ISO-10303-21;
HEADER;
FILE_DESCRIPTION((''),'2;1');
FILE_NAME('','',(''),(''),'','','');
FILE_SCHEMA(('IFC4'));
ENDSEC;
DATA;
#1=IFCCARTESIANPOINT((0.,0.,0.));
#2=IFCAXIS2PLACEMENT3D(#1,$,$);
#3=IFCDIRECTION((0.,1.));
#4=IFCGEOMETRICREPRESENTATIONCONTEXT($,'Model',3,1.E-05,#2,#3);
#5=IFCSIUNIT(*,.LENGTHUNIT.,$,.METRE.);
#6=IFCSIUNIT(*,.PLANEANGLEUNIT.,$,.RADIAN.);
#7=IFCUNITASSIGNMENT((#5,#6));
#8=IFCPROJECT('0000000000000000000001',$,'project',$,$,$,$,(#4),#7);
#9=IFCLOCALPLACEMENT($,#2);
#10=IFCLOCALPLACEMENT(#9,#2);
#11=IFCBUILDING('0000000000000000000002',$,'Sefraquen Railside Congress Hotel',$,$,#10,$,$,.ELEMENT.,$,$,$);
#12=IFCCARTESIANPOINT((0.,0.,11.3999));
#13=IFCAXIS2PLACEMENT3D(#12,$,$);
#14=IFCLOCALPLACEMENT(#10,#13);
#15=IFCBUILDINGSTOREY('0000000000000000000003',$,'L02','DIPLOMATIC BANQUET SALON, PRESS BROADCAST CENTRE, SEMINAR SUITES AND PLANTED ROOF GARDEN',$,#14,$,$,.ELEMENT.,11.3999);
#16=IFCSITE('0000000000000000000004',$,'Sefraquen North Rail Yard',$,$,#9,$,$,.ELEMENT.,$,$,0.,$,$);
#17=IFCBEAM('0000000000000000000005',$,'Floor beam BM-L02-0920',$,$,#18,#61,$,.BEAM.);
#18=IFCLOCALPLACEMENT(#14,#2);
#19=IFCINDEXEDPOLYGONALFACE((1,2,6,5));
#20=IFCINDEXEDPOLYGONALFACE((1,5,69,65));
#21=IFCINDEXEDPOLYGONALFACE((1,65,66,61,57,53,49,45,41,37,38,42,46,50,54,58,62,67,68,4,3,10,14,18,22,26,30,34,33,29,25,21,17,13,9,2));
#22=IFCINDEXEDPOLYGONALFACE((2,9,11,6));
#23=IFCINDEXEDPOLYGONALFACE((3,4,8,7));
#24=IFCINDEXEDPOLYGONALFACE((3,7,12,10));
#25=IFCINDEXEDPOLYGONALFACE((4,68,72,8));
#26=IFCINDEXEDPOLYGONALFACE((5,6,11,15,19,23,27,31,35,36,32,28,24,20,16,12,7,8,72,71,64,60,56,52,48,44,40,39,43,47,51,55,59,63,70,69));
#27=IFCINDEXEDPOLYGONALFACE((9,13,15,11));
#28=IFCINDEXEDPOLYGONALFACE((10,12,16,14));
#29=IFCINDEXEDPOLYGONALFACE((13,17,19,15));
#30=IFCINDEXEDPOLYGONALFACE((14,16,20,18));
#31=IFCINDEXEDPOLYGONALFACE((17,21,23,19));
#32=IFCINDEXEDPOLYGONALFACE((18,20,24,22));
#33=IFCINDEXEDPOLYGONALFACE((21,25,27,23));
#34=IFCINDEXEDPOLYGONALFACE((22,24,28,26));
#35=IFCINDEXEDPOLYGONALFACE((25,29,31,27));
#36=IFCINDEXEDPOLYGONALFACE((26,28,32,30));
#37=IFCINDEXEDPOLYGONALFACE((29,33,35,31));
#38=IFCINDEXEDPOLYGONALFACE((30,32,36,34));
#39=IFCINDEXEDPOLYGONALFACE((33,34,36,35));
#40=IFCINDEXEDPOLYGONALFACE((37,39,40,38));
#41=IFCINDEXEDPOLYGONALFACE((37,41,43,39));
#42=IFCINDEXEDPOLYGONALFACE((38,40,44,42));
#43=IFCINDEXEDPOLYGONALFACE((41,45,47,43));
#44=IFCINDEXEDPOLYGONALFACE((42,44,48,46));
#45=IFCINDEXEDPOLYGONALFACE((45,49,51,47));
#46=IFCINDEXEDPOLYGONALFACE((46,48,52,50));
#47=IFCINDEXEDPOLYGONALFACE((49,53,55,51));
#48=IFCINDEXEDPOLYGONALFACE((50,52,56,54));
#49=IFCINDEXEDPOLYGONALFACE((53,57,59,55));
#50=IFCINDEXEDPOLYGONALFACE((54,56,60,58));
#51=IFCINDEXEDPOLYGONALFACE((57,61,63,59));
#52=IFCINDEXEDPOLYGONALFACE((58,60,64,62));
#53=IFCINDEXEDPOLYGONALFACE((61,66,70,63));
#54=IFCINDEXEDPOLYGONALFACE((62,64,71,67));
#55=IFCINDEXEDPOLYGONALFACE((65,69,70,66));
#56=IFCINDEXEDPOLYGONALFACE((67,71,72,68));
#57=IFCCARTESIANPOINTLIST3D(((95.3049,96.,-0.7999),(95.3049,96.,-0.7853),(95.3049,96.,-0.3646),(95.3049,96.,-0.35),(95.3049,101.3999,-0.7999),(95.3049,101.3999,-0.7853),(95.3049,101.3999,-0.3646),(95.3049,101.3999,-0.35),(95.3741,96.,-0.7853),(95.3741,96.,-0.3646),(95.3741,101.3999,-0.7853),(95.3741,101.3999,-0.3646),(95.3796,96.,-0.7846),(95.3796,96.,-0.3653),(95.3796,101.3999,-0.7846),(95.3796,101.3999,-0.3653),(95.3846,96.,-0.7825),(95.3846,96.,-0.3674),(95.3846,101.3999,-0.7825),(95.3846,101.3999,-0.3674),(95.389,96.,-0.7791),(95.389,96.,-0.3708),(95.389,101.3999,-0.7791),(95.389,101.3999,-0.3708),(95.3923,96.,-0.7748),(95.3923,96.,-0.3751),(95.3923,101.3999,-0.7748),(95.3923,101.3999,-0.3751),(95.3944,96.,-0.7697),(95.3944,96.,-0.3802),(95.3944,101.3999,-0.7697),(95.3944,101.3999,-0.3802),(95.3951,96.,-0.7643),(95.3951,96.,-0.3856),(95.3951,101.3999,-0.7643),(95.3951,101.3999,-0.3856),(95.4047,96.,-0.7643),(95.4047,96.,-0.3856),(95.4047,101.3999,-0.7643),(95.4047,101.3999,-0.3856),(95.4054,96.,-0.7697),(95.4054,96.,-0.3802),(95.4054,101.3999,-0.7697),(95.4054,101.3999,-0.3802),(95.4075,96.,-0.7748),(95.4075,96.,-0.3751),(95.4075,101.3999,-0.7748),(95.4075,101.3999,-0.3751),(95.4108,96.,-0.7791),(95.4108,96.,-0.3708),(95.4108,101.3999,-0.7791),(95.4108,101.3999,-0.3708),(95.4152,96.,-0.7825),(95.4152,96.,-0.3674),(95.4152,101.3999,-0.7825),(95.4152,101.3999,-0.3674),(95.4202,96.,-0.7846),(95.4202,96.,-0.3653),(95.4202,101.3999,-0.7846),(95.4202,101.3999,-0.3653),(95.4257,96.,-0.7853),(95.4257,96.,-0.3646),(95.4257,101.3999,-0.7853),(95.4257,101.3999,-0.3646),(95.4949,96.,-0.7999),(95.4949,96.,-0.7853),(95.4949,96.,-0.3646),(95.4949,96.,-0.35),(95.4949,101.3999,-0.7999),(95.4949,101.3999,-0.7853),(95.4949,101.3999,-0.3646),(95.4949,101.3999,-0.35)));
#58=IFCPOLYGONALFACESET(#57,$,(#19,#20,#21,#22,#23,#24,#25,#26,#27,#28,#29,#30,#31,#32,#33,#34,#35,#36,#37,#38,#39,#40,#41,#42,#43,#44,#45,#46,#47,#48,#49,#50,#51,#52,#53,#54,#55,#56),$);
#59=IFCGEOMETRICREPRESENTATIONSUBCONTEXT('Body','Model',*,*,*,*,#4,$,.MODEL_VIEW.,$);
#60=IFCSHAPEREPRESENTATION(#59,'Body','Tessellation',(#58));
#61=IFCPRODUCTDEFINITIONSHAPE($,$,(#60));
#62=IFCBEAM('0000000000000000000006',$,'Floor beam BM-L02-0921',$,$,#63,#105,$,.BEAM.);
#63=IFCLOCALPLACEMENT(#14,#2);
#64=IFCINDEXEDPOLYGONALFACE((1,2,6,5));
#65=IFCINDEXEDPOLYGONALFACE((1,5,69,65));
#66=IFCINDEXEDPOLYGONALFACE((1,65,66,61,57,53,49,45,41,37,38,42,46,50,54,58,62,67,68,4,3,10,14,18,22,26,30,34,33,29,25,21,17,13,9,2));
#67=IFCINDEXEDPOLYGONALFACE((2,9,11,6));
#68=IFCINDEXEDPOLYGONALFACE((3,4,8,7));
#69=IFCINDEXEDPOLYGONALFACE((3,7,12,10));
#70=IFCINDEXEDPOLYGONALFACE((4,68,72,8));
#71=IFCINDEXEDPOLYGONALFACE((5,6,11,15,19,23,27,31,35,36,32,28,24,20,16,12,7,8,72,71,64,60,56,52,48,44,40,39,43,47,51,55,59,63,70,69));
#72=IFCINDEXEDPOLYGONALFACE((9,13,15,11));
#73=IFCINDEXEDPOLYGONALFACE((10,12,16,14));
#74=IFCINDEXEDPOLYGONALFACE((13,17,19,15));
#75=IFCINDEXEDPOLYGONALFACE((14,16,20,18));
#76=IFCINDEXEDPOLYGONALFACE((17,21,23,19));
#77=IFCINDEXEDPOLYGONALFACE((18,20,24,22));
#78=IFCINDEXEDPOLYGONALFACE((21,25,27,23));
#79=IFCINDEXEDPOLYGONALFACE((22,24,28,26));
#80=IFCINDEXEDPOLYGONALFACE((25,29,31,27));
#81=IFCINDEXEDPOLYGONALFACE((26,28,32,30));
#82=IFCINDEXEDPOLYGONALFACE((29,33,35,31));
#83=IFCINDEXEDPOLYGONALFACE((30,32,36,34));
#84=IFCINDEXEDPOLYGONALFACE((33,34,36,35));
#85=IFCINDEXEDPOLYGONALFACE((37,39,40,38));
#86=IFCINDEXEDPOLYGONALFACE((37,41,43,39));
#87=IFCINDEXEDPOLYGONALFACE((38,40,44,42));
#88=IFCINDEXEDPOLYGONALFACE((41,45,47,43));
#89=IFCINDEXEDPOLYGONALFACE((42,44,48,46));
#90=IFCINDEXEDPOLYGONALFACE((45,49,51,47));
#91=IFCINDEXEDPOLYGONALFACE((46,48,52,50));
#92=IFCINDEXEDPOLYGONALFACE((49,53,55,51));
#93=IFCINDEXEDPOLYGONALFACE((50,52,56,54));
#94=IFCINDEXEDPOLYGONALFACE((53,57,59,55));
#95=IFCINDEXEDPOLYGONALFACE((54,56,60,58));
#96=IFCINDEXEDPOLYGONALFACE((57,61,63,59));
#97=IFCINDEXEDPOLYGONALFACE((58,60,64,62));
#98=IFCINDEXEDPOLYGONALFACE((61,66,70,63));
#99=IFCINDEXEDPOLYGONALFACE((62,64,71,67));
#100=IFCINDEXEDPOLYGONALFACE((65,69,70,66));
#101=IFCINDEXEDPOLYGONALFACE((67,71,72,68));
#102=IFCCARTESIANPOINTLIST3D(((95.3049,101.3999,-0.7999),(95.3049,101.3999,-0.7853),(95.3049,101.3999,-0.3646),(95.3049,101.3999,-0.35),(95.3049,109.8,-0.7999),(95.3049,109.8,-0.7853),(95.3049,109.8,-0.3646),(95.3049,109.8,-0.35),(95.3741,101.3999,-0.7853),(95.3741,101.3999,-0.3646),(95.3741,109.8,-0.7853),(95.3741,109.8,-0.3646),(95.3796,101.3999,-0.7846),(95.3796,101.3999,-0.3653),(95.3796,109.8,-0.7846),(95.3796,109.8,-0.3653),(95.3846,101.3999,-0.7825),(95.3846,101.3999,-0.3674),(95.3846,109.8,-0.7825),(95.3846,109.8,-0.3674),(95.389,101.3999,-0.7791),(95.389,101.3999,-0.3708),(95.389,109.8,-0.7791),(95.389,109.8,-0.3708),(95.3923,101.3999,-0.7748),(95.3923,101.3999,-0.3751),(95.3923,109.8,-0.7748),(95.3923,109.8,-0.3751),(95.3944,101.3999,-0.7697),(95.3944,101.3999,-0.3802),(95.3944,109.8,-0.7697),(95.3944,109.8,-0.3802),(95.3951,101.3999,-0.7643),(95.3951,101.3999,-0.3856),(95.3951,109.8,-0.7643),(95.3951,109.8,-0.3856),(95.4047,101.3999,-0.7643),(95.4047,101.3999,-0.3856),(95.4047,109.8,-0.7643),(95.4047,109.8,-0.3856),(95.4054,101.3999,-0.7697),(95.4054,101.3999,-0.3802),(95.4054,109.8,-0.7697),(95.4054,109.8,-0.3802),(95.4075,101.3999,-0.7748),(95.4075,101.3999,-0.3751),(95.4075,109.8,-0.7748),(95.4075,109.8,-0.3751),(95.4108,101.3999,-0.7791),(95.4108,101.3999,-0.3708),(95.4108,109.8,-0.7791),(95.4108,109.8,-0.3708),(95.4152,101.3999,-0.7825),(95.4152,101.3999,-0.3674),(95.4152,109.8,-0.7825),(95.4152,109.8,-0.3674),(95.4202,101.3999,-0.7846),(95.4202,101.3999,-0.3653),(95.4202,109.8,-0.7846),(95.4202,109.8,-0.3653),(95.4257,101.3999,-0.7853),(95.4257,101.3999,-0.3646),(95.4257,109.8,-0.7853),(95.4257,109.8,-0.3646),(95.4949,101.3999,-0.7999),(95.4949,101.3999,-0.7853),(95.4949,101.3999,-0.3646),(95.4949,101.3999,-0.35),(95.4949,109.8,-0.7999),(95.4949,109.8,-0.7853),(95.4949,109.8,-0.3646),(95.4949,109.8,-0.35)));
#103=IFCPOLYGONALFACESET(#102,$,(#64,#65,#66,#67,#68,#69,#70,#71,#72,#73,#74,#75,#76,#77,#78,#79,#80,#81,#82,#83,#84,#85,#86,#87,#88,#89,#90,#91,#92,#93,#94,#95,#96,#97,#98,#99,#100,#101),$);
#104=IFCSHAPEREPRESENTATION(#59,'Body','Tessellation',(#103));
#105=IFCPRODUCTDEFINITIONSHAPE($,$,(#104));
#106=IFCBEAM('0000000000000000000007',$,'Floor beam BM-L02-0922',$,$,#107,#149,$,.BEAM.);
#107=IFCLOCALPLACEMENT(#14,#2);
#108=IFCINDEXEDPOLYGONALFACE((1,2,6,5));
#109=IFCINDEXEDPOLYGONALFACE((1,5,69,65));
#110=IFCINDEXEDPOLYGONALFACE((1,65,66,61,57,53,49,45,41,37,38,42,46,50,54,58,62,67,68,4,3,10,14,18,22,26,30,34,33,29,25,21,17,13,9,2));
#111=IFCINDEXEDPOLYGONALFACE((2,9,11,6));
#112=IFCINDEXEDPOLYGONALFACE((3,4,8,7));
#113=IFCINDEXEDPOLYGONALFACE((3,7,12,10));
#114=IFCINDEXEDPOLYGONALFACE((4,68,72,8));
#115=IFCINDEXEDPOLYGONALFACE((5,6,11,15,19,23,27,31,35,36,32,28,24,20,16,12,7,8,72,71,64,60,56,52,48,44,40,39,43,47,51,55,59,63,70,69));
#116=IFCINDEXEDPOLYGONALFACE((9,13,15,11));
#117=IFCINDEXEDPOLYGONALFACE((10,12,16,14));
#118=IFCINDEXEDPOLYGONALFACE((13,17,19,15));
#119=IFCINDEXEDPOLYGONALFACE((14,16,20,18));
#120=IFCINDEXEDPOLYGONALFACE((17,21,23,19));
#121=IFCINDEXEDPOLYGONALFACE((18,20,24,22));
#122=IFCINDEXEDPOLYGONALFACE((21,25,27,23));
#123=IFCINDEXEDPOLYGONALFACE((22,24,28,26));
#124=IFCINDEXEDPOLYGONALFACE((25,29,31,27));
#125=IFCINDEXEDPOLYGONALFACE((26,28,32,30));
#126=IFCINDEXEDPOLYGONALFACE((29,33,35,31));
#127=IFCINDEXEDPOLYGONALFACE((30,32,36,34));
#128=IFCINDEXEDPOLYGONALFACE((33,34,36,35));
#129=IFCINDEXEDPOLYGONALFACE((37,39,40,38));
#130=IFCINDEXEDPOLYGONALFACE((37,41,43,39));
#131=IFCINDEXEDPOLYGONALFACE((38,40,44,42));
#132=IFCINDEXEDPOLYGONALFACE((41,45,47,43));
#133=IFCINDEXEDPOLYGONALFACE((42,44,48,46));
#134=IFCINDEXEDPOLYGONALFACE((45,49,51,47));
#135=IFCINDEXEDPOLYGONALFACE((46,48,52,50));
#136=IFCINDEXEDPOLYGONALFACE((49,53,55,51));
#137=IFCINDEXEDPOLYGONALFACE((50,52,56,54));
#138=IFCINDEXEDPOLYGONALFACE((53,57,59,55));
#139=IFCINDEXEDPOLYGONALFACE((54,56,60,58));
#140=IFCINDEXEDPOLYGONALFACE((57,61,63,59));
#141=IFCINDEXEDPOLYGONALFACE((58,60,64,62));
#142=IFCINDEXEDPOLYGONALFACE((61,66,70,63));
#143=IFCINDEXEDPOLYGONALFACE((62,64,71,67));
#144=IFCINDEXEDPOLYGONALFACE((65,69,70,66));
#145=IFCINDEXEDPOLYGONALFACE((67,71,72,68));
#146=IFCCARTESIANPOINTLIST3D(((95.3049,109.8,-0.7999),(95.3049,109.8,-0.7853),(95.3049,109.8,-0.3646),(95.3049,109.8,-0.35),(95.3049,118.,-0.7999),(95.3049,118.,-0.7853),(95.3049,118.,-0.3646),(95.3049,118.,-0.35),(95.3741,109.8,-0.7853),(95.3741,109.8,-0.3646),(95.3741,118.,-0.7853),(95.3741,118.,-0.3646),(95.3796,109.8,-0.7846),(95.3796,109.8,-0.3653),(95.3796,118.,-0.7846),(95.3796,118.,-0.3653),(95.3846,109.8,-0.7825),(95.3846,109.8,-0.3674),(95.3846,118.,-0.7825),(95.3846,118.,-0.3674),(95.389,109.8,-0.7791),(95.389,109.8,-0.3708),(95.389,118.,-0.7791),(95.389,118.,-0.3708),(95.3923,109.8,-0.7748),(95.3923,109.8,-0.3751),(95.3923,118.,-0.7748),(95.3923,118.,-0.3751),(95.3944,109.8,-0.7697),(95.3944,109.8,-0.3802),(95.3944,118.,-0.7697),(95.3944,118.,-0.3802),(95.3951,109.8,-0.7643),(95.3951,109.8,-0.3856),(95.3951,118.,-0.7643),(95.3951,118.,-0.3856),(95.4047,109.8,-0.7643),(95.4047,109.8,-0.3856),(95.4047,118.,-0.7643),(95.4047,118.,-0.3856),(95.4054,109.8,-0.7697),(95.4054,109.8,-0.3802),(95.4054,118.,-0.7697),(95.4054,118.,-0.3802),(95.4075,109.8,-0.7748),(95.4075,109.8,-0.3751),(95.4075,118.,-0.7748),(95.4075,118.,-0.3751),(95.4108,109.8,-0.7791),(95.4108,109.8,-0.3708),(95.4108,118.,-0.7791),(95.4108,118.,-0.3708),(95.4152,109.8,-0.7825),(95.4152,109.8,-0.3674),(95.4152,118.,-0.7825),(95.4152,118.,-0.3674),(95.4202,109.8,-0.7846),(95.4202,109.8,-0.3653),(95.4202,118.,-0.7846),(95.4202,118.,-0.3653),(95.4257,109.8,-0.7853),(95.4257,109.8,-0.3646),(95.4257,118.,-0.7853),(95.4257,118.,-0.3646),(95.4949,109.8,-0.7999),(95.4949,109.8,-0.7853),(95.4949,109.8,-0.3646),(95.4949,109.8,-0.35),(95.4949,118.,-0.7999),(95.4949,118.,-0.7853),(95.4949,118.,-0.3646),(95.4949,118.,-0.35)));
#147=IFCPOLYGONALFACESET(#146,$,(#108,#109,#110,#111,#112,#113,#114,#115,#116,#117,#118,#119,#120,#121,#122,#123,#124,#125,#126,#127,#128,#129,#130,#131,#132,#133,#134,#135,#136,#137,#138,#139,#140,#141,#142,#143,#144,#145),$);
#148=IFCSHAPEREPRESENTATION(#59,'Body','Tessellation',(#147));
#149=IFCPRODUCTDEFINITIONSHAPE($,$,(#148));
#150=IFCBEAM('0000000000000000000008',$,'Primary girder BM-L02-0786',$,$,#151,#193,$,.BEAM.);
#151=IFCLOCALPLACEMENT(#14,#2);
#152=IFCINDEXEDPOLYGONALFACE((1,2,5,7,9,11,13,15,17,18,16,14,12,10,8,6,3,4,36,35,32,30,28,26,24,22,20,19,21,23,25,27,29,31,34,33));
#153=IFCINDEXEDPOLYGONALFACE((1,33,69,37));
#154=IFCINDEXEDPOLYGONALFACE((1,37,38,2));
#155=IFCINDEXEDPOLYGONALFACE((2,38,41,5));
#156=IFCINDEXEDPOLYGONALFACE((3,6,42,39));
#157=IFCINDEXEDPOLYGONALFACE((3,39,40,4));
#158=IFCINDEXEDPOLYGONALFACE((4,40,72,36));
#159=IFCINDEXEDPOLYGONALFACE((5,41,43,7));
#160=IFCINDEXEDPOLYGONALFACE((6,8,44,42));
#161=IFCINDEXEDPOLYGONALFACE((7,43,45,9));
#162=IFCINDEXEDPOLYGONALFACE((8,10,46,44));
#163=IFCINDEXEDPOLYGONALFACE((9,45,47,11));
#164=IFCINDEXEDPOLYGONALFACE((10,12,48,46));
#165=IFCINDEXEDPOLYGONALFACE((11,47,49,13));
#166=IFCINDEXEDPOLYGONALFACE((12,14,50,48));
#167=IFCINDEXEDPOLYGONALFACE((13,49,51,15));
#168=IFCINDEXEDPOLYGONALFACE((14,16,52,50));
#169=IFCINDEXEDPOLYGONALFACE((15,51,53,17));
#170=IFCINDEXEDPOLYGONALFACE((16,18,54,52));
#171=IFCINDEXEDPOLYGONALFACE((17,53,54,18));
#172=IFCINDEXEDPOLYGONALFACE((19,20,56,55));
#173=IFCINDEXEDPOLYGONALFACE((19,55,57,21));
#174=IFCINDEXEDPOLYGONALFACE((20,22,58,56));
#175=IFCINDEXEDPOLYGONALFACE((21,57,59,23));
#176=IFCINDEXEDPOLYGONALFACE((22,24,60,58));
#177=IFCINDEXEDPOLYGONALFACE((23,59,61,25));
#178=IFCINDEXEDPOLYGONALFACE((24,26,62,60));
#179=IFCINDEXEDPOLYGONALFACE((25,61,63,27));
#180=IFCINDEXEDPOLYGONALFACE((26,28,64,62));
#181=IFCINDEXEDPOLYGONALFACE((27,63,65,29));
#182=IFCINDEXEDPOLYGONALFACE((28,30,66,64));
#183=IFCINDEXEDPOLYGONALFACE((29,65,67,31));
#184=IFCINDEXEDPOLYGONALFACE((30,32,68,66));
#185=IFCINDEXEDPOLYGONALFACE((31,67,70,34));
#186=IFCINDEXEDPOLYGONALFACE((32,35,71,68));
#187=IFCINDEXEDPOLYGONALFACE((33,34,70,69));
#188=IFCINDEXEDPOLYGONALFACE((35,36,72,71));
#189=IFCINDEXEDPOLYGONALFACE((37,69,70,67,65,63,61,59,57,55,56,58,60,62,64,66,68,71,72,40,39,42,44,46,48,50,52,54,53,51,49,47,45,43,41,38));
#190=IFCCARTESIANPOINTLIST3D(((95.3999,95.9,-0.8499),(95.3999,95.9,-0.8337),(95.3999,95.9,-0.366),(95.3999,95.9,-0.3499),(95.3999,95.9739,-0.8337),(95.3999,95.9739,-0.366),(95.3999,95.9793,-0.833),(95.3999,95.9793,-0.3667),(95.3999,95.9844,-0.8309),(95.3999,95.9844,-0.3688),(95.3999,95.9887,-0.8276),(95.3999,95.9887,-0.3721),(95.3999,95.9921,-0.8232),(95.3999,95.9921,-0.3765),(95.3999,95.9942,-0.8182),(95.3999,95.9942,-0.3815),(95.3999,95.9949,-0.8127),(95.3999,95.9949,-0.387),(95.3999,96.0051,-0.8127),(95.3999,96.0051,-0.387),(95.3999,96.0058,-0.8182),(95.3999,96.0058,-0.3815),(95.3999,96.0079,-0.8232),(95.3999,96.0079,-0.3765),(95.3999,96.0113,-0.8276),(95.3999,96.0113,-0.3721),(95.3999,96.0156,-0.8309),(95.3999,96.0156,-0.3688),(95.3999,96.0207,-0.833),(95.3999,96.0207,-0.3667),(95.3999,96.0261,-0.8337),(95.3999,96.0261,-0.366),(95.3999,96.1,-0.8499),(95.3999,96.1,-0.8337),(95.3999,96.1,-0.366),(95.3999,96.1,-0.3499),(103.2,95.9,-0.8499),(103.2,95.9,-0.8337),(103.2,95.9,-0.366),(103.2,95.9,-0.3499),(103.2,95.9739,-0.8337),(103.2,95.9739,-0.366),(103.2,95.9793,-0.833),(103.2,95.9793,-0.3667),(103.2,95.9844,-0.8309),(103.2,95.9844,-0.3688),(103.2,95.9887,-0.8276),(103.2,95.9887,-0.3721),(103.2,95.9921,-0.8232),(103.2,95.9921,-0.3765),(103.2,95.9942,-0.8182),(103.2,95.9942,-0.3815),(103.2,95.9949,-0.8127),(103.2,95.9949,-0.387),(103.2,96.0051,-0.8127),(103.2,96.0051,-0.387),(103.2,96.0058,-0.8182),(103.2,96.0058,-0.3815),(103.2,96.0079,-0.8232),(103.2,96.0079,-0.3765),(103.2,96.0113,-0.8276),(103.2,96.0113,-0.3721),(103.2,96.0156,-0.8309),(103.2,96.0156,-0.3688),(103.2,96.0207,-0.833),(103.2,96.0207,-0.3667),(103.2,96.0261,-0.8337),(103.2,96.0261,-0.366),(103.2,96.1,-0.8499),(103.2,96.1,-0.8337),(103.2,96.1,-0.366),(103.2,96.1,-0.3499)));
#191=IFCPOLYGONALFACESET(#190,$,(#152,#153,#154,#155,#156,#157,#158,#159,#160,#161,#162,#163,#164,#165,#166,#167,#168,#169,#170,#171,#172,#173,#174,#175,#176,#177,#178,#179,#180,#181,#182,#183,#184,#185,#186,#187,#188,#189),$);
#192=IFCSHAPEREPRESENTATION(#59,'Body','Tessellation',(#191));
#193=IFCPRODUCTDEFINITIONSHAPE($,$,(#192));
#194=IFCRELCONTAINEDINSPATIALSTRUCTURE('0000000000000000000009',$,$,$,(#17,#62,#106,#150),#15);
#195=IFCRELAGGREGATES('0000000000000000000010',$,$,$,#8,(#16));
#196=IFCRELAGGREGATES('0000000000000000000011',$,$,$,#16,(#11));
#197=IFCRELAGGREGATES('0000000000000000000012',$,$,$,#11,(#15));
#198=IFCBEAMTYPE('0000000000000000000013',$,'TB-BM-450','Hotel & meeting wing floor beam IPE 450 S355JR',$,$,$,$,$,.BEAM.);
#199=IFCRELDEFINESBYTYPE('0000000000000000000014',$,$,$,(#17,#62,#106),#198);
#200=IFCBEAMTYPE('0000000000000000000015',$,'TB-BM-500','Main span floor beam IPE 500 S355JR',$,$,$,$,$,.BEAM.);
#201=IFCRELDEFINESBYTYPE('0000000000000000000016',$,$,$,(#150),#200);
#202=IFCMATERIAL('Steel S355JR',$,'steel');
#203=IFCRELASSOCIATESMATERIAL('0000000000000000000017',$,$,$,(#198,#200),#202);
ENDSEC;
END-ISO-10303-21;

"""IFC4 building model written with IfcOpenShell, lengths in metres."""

from ifc_helpers import new_model, si_unit, direction, frame, origin, origin_2d, place, context, subcontext, project, spatial, i_section, extrude, material, material_profile, profile_set, type_object, element, save


model = new_model("IFC4")

# Units and contexts
model_context = context("Model", 3, precision=1e-05, world=origin(), true_north=direction((0.0, 1.0)))
body_context = subcontext(model_context, "Body", "Model", "MODEL_VIEW")
ifc_project = project(units=[si_unit("LENGTHUNIT", "METRE"), si_unit("PLANEANGLEUNIT", "RADIAN")], contexts=[model_context])

# Site, building, storey
site_placement = place(None, origin())
site = spatial("IfcSite", under=ifc_project, at=site_placement, Name="Sefraquen North Rail Yard", CompositionType="ELEMENT", RefElevation=0.0)
building_placement = place(site_placement, origin())
building = spatial("IfcBuilding", under=site, at=building_placement, Name="Sefraquen Railside Congress Hotel", CompositionType="ELEMENT")
storey_placement = place(building_placement, frame((0.0, 0.0, 11.3999)))
storey = spatial("IfcBuildingStorey", under=building, at=storey_placement, Name="L02", Description="DIPLOMATIC BANQUET SALON, PRESS BROADCAST CENTRE, SEMINAR SUITES AND PLANTED ROOF GARDEN", CompositionType="ELEMENT", Elevation=11.3999)

# Shared definitions
ifc_material_1 = material(Name="Steel S355JR", Category="steel")

# Beams
ifc_material_profile_1 = material_profile(ifc_material_1, i_section(OverallWidth=0.1899, OverallDepth=0.45, WebThickness=0.0095, FlangeThickness=0.0146, FilletRadius=0.021, at=origin_2d()), Name="IPE 450")
ifc_profile_set_1 = profile_set([ifc_material_profile_1], Name="Steel S355JR")
beam_type_1 = type_object("IfcBeamType", Name="TB-BM-450", Description="Hotel & meeting wing floor beam IPE 450 S355JR", PredefinedType="BEAM", material=ifc_profile_set_1)
beam_1_placement = place(storey_placement, frame((95.3999, 96.0, -0.575), z_axis=(0.0, 1.0, 0.0), x_axis=(-1.0, 0.0, 0.0)))
element("IfcBeam", 1, at=beam_1_placement, inside=storey, type_object=beam_type_1, Name="Floor beam BM-L02-0920", PredefinedType="BEAM", context=body_context, shape_type="SweptSolid", body=[
    extrude(i_section(OverallWidth=0.1899, OverallDepth=0.45, WebThickness=0.0095, FlangeThickness=0.0146, FilletRadius=0.021, at=origin_2d()), origin(), (0.0, 0.0, 1.0), 5.3999),
])
beam_2_placement = place(storey_placement, frame((95.3999, 101.3999, -0.575), z_axis=(0.0, 1.0, 0.0), x_axis=(-1.0, 0.0, 0.0)))
element("IfcBeam", 2, at=beam_2_placement, inside=storey, type_object=beam_type_1, Name="Floor beam BM-L02-0921", PredefinedType="BEAM", context=body_context, shape_type="SweptSolid", body=[
    extrude(i_section(OverallWidth=0.1899, OverallDepth=0.45, WebThickness=0.0095, FlangeThickness=0.0146, FilletRadius=0.021, at=origin_2d()), origin(), (0.0, 0.0, 1.0), 8.4001),
])
beam_3_placement = place(storey_placement, frame((95.3999, 109.8, -0.575), z_axis=(0.0, 1.0, 0.0), x_axis=(-1.0, 0.0, 0.0)))
element("IfcBeam", 3, at=beam_3_placement, inside=storey, type_object=beam_type_1, Name="Floor beam BM-L02-0922", PredefinedType="BEAM", context=body_context, shape_type="SweptSolid", body=[
    extrude(i_section(OverallWidth=0.1899, OverallDepth=0.45, WebThickness=0.0095, FlangeThickness=0.0146, FilletRadius=0.021, at=origin_2d()), origin(), (0.0, 0.0, 1.0), 8.2),
])
ifc_material_profile_2 = material_profile(ifc_material_1, i_section(OverallWidth=0.2, OverallDepth=0.5, WebThickness=0.0103, FlangeThickness=0.0161, FilletRadius=0.021, at=origin_2d()), Name="IPE 500")
ifc_profile_set_2 = profile_set([ifc_material_profile_2], Name="Steel S355JR")
beam_type_2 = type_object("IfcBeamType", Name="TB-BM-500", Description="Main span floor beam IPE 500 S355JR", PredefinedType="BEAM", material=ifc_profile_set_2)
for number, where, z_axis, x_axis, name in (
    (4, (95.3999, 96.0, -0.5999), (1.0, 0.0, 0.0), (0.0, 1.0, 0.0), "Primary girder BM-L02-0786"),
):
    element("IfcBeam", number, at=place(storey_placement, frame(where, z_axis=z_axis, x_axis=x_axis)), inside=storey, type_object=beam_type_2, Name=name, PredefinedType="BEAM", context=body_context, shape_type="SweptSolid", body=[
        extrude(i_section(OverallWidth=0.2, OverallDepth=0.5, WebThickness=0.0103, FlangeThickness=0.0161, FilletRadius=0.021, at=origin_2d()), origin(), (0.0, 0.0, 1.0), 7.8),
    ])

save(model, "model.ifc")
